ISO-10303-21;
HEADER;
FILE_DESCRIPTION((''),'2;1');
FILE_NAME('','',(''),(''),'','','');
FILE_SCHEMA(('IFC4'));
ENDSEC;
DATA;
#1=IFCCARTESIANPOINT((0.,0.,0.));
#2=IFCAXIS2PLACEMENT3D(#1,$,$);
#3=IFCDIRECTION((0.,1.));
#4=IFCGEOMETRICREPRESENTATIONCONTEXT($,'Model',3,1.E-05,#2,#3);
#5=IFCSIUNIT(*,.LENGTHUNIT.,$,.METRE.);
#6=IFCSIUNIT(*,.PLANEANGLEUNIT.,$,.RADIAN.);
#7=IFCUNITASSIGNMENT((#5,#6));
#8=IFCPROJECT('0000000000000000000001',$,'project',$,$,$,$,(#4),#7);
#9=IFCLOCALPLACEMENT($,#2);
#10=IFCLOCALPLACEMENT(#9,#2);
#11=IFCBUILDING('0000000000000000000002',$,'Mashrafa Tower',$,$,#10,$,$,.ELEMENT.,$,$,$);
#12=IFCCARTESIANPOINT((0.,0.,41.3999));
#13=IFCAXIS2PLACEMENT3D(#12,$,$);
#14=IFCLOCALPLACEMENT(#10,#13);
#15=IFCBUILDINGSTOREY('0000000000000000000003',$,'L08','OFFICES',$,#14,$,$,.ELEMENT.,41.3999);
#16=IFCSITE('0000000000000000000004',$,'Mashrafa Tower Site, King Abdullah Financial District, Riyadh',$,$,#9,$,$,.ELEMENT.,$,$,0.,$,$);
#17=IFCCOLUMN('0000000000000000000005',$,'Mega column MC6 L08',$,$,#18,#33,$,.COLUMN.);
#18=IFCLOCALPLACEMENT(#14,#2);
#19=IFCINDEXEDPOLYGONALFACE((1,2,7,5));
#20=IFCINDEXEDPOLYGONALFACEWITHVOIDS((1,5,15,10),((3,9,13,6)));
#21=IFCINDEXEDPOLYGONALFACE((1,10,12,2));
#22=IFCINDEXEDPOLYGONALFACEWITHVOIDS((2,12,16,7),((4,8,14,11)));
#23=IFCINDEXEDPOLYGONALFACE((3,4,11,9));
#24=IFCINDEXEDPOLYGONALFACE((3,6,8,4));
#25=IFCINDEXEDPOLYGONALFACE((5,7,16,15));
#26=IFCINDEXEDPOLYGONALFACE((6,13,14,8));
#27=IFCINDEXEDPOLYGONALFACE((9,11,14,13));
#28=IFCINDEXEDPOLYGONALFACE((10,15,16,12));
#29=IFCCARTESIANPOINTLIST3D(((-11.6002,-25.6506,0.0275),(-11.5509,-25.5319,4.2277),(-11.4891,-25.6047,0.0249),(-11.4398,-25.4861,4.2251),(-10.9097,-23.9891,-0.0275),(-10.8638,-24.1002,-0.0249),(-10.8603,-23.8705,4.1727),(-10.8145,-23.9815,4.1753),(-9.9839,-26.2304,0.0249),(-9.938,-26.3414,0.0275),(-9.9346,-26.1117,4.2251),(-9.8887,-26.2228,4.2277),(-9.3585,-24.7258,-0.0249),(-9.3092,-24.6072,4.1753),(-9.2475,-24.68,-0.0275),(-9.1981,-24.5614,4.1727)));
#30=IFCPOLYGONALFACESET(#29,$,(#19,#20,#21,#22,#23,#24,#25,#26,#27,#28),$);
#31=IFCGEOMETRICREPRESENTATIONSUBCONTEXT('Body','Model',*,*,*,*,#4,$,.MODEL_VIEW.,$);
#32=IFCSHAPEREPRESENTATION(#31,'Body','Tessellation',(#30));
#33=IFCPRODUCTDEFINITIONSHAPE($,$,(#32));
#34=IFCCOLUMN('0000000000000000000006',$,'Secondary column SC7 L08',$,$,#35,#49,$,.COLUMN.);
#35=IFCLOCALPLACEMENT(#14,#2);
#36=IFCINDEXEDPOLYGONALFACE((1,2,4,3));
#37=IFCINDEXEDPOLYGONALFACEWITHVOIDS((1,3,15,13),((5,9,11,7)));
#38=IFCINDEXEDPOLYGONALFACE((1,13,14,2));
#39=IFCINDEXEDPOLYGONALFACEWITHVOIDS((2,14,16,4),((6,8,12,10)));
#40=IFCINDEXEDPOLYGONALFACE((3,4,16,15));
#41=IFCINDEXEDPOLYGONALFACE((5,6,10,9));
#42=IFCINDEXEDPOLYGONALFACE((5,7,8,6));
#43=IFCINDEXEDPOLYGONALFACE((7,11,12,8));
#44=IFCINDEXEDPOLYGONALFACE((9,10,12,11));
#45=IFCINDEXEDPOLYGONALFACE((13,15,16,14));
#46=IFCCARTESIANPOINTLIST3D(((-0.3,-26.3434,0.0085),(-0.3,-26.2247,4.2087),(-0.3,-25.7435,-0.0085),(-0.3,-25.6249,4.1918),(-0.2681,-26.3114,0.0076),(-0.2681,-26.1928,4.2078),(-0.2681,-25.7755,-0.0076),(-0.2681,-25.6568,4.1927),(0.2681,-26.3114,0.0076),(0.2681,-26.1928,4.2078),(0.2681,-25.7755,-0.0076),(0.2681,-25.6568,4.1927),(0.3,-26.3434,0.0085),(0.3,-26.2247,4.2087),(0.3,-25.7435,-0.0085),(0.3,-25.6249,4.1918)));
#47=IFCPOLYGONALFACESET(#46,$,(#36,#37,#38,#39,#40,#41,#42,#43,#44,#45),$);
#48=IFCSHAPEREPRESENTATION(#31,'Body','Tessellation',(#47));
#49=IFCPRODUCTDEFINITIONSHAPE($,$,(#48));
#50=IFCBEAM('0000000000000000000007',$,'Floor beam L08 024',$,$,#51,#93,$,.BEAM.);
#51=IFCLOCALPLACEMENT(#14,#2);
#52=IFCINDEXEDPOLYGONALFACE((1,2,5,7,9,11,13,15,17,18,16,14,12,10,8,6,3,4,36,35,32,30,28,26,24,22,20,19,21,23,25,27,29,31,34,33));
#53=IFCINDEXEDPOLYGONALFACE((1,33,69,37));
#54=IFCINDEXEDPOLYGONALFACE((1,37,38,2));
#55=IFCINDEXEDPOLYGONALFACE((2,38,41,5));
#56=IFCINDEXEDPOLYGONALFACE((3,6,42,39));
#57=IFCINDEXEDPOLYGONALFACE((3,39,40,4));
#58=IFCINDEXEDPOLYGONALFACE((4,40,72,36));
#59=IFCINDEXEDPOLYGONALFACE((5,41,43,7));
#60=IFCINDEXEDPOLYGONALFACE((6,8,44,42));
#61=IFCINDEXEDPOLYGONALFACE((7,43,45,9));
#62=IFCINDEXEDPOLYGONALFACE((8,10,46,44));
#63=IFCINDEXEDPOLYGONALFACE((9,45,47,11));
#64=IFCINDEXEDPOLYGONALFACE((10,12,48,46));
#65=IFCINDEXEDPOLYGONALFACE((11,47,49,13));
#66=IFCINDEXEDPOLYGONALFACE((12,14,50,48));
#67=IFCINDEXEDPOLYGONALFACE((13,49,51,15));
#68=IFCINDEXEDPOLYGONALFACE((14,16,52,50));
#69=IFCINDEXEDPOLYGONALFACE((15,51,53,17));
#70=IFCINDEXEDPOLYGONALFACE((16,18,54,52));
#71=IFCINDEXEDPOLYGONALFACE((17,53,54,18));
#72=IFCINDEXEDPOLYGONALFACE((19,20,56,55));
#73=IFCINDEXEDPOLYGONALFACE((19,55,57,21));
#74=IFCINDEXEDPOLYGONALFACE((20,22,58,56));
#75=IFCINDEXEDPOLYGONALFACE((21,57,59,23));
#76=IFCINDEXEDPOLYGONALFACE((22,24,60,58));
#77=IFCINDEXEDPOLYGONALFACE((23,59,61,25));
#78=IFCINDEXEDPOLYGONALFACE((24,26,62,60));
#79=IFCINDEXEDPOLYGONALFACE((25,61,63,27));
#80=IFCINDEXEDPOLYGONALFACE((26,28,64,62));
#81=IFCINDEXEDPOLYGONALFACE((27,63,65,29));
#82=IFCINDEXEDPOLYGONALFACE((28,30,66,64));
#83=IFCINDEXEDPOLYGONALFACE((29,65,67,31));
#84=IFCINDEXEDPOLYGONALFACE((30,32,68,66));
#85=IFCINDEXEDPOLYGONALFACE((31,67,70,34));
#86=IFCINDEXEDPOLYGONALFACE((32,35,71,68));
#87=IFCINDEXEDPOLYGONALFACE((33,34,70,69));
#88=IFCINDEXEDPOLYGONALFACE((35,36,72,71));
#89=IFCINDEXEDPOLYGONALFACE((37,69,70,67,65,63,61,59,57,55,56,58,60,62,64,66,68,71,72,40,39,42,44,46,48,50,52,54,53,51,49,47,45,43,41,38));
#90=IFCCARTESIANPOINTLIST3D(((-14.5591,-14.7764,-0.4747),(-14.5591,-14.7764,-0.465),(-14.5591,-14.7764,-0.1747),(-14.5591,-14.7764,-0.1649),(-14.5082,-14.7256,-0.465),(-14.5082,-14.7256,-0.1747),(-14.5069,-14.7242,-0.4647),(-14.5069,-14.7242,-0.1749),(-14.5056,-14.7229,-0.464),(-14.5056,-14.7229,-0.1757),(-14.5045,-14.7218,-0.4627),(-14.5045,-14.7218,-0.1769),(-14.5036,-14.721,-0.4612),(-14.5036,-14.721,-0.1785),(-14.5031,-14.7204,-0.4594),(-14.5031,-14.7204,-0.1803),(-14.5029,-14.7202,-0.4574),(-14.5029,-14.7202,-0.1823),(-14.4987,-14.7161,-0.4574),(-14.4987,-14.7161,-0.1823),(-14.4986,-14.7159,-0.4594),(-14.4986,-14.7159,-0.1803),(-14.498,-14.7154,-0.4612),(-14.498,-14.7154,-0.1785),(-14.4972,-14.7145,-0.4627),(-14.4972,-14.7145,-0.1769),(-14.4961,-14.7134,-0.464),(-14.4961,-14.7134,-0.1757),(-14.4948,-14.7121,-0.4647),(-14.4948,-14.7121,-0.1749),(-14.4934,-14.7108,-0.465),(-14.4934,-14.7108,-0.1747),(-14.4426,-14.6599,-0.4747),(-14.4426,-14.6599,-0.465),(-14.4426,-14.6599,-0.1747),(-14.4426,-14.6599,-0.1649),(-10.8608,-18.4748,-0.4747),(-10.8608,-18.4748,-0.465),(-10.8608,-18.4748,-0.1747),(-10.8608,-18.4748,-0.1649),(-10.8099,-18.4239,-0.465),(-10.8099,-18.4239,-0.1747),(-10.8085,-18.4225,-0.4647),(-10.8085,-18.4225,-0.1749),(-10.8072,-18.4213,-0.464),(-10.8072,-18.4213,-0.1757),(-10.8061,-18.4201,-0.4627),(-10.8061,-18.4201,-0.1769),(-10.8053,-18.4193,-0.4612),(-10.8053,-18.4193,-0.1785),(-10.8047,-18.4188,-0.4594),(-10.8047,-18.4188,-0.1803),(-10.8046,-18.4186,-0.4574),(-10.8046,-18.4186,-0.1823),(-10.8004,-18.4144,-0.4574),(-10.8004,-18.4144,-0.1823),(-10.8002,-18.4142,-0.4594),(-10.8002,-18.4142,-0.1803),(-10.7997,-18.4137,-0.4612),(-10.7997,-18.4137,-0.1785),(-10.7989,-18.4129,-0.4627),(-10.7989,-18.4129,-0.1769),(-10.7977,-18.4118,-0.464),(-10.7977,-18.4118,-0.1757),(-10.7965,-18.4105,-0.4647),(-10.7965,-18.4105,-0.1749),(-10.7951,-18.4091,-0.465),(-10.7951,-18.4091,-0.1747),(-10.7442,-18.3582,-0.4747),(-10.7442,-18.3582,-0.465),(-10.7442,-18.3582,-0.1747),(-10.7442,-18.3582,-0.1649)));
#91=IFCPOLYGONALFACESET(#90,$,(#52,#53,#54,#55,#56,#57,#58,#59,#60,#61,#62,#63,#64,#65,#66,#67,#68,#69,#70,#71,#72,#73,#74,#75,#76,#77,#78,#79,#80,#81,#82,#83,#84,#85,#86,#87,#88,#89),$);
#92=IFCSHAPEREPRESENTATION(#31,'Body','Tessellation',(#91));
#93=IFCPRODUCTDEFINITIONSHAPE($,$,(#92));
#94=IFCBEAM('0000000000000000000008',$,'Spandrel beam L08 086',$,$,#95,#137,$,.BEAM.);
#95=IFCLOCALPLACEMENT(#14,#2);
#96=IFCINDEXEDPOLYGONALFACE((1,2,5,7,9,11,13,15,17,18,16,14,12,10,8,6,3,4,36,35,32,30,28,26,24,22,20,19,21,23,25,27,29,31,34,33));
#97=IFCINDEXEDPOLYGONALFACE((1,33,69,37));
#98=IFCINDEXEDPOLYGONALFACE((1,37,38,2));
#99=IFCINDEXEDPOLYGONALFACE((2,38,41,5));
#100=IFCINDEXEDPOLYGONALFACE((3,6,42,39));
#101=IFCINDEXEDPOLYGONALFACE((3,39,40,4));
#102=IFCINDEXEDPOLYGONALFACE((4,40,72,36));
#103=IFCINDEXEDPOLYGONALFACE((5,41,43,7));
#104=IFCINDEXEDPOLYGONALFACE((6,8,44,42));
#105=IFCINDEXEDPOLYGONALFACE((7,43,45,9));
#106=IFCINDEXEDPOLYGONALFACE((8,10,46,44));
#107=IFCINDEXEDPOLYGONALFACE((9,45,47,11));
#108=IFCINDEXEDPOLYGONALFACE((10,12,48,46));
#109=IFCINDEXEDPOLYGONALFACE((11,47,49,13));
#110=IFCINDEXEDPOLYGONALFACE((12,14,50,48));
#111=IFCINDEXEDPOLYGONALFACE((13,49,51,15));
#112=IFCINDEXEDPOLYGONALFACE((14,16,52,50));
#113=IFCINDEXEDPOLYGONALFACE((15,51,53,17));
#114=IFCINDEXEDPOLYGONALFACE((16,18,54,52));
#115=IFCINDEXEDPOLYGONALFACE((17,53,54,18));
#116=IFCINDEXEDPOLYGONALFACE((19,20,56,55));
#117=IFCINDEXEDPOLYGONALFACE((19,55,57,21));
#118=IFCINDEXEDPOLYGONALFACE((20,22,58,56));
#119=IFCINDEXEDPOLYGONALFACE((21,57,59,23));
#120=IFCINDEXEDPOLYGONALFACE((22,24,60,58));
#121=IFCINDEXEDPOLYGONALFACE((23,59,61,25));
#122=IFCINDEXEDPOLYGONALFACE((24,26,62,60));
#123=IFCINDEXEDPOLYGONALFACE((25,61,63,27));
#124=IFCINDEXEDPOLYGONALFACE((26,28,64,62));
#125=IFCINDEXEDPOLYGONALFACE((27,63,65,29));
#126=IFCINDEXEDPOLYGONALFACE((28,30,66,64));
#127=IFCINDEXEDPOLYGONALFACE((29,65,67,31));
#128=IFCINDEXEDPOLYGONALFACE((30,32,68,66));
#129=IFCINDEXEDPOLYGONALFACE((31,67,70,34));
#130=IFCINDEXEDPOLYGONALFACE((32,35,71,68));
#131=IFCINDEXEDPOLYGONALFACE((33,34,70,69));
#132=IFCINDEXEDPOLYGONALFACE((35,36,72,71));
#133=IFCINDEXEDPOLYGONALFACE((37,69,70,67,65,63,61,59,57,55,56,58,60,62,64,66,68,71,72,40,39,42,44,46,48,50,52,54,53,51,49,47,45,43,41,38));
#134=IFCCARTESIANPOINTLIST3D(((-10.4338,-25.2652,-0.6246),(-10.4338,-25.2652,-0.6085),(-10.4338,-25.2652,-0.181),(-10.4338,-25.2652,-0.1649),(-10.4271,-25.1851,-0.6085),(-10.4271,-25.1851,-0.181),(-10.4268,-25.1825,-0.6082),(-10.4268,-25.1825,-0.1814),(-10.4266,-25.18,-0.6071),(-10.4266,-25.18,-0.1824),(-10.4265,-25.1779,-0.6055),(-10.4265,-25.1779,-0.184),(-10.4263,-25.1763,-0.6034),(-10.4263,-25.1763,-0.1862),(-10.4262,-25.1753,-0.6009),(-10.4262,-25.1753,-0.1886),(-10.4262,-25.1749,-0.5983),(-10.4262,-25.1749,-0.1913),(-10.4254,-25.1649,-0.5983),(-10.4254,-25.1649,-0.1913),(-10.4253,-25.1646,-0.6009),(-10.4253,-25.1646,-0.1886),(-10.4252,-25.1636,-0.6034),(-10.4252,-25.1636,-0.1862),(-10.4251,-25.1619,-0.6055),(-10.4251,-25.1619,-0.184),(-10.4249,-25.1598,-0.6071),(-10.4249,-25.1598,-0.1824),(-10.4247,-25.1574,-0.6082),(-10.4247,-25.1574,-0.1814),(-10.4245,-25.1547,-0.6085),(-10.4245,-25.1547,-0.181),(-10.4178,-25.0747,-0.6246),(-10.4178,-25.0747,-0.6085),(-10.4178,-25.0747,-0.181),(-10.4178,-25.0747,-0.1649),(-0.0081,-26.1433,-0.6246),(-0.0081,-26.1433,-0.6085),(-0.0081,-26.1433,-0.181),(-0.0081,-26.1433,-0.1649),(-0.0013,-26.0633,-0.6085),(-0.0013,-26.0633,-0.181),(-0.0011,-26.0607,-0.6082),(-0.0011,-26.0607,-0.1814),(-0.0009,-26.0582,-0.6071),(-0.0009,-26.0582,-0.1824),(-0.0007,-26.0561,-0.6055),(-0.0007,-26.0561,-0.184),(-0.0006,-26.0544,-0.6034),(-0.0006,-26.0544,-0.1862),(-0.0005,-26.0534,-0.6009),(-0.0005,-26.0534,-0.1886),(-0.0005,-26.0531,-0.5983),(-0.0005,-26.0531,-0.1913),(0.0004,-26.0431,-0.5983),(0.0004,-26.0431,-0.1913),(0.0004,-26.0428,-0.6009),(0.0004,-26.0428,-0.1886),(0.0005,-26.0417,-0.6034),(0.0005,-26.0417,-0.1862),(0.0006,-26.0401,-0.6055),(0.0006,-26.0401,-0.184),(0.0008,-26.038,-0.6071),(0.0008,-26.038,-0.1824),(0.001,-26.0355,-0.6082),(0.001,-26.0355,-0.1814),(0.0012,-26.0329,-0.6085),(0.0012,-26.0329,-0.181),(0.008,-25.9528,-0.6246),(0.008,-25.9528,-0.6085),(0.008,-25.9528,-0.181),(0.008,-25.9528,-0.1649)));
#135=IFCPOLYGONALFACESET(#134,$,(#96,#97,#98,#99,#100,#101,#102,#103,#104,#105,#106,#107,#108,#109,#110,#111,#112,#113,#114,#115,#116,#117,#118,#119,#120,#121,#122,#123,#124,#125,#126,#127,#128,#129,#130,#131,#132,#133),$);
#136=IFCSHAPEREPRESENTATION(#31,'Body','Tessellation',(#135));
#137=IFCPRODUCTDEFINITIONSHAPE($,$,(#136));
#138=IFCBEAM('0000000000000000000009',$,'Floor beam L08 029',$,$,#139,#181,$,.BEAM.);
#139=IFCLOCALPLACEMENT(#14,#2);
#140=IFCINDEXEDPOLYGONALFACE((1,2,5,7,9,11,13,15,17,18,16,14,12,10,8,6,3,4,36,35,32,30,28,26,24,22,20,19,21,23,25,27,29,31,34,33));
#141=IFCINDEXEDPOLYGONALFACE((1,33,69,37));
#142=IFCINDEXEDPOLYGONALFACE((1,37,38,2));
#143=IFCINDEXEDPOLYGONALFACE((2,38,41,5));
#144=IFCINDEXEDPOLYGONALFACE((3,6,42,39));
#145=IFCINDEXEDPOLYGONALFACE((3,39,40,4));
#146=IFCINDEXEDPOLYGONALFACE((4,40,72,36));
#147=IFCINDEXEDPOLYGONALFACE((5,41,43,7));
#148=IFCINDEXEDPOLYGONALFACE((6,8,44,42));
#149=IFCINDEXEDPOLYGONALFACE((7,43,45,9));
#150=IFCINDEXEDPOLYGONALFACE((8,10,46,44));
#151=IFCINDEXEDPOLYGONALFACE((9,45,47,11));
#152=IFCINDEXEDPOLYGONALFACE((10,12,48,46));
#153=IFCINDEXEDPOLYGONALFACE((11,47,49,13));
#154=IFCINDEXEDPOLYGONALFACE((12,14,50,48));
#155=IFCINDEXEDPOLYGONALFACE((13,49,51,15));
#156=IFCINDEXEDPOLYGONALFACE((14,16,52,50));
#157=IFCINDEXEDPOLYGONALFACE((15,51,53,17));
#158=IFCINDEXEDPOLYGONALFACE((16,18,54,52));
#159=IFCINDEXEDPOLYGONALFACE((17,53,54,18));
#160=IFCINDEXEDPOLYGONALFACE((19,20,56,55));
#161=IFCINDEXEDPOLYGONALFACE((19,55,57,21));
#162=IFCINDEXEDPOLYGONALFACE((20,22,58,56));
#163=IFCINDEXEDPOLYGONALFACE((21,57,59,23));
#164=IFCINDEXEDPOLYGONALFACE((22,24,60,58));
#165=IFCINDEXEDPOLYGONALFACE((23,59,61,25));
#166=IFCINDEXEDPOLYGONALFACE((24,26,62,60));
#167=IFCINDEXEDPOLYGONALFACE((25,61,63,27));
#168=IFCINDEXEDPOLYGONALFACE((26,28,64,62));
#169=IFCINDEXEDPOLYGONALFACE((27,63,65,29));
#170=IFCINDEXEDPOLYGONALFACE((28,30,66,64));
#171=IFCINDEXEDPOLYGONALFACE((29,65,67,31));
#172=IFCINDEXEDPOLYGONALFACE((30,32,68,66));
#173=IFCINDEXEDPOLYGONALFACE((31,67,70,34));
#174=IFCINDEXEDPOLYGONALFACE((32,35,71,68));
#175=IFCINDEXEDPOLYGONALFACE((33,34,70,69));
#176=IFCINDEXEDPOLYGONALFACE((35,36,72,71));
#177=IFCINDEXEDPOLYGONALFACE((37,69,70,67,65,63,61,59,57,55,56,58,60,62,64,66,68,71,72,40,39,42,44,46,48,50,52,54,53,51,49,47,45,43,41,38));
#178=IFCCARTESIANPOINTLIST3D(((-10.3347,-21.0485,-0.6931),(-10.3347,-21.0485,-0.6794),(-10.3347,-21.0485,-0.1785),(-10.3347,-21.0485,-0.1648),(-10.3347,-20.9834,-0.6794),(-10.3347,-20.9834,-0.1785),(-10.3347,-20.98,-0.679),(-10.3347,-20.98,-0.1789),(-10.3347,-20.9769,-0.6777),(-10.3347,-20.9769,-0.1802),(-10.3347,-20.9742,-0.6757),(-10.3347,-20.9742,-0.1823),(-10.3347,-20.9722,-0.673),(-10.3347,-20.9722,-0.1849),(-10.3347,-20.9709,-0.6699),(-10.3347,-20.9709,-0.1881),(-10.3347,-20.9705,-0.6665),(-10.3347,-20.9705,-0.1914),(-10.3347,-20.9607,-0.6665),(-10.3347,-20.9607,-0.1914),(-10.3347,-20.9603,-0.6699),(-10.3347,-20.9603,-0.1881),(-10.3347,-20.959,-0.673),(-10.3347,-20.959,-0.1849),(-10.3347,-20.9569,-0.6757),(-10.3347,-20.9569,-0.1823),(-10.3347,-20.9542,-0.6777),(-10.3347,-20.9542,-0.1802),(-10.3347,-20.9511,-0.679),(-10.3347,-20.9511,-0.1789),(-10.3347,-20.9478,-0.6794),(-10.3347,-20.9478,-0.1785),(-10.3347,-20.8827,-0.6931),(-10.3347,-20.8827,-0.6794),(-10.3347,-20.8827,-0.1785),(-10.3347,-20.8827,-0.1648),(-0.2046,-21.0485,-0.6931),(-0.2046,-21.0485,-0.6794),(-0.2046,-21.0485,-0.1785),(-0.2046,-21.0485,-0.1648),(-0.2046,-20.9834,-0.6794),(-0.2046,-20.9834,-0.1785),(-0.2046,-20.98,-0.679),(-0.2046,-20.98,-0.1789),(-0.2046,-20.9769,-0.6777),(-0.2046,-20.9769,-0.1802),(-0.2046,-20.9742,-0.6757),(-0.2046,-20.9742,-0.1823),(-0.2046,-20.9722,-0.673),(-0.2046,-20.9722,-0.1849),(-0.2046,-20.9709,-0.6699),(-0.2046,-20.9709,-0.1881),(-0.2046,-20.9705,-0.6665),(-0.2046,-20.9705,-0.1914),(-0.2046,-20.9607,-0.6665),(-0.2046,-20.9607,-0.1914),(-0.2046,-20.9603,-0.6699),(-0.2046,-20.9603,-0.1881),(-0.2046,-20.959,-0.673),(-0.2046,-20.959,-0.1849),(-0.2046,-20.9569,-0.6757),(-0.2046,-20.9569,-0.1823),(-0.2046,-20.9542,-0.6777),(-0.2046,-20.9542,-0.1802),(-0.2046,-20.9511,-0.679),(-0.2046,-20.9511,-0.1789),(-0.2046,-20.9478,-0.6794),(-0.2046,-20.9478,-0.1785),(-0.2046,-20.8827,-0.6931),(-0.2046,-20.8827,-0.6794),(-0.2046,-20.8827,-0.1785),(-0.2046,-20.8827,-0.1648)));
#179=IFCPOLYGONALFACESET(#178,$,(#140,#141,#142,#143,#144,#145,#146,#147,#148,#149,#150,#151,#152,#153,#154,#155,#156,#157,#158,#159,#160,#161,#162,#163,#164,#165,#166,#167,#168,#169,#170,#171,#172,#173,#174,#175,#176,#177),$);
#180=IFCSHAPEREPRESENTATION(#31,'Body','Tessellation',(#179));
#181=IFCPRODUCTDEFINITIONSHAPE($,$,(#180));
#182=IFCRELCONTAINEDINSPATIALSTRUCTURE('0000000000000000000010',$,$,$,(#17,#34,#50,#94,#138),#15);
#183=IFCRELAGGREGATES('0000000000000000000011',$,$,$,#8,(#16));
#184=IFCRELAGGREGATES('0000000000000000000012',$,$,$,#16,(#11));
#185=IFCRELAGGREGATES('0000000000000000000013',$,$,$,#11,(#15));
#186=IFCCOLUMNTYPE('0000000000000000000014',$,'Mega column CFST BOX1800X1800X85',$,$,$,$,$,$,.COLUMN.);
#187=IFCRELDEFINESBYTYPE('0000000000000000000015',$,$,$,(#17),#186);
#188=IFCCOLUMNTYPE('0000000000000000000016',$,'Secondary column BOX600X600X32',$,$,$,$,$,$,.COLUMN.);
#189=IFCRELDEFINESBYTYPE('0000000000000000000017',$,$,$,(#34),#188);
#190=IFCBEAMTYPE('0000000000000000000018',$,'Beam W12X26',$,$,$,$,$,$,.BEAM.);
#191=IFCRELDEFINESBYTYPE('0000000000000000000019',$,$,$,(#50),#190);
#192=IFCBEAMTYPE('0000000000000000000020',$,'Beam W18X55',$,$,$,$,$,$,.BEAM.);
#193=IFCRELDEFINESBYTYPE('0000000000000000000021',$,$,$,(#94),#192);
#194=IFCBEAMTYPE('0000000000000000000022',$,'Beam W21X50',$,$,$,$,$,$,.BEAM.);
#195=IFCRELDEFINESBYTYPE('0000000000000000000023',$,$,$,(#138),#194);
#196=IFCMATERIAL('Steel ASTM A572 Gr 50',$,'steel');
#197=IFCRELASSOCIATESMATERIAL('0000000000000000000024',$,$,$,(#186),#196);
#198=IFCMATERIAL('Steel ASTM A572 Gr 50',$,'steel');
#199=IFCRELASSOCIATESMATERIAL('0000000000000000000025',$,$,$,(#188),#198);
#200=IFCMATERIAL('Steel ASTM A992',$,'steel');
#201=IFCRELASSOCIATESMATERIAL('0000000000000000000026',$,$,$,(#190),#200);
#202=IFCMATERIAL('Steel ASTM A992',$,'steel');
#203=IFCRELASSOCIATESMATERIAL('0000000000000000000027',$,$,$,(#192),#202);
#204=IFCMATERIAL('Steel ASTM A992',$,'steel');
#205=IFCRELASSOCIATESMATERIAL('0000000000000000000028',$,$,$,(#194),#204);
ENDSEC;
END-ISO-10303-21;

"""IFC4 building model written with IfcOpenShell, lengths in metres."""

from ifc_helpers import new_model, si_unit, direction, frame, origin, origin_2d, place, context, subcontext, project, spatial, hollow_rectangle, i_section, extrude, material, material_profile, profile_set, type_object, element, save


model = new_model("IFC4")

# Units and contexts
model_context = context("Model", 3, precision=1e-05, world=origin(), true_north=direction((0.0, 1.0)))
body_context = subcontext(model_context, "Body", "Model", "MODEL_VIEW")
ifc_project = project(units=[si_unit("LENGTHUNIT", "METRE"), si_unit("PLANEANGLEUNIT", "RADIAN")], contexts=[model_context])

# Site, building, storey
site_placement = place(None, origin())
site = spatial("IfcSite", under=ifc_project, at=site_placement, Name="Mashrafa Tower Site, King Abdullah Financial District, Riyadh", CompositionType="ELEMENT", RefElevation=0.0)
building_placement = place(site_placement, origin())
building = spatial("IfcBuilding", under=site, at=building_placement, Name="Mashrafa Tower", CompositionType="ELEMENT")
storey_placement = place(building_placement, frame((0.0, 0.0, 41.3999)))
storey = spatial("IfcBuildingStorey", under=building, at=storey_placement, Name="L08", Description="OFFICES", CompositionType="ELEMENT", Elevation=41.3999)

# Columns
ifc_material_1 = material(Name="Steel ASTM A572 Gr 50", Category="steel")
ifc_material_profile_1 = material_profile(ifc_material_1, hollow_rectangle(XDim=1.8, YDim=1.8, WallThickness=0.085, at=origin_2d()), Name="BOX1800X1800X85")
ifc_profile_set_1 = profile_set([ifc_material_profile_1], Name="Steel ASTM A572 Gr 50")
column_type_1 = type_object("IfcColumnType", Name="Mega column CFST BOX1800X1800X85", PredefinedType="COLUMN", material=ifc_profile_set_1)
column_1_placement = place(storey_placement, frame((-10.4238, -25.1653, 0.0), z_axis=(0.011736, 0.028236, 0.999532), x_axis=(-0.923414, 0.383806, 0.0)))
element("IfcColumn", 1, at=column_1_placement, inside=storey, type_object=column_type_1, Name="Mega column MC6 L08", PredefinedType="COLUMN", context=body_context, shape_type="SweptSolid", body=[
    extrude(hollow_rectangle(XDim=1.8, YDim=1.8, WallThickness=0.085, at=origin_2d()), origin(), (0.0, 0.0, 1.0), 4.2021),
])
ifc_material_2 = material(Name="Steel ASTM A572 Gr 50", Category="steel")
ifc_material_profile_2 = material_profile(ifc_material_2, hollow_rectangle(XDim=0.6001, YDim=0.6001, WallThickness=0.032, at=origin_2d()), Name="BOX600X600X32")
ifc_profile_set_2 = profile_set([ifc_material_profile_2], Name="Steel ASTM A572 Gr 50")
column_type_2 = type_object("IfcColumnType", Name="Secondary column BOX600X600X32", PredefinedType="COLUMN", material=ifc_profile_set_2)
column_2_placement = place(storey_placement, frame((0.0, -26.0435, 0.0), z_axis=(0.0, 0.028238, 0.999601), x_axis=(-1.0, 0.0, 0.0)))
element("IfcColumn", 2, at=column_2_placement, inside=storey, type_object=column_type_2, Name="Secondary column SC7 L08", PredefinedType="COLUMN", context=body_context, shape_type="SweptSolid", body=[
    extrude(hollow_rectangle(XDim=0.6001, YDim=0.6001, WallThickness=0.032, at=origin_2d()), origin(), (0.0, 0.0, 1.0), 4.2019),
])

# Beams
ifc_material_3 = material(Name="Steel ASTM A992", Category="steel")
ifc_material_profile_3 = material_profile(ifc_material_3, i_section(OverallWidth=0.1648, OverallDepth=0.3098, WebThickness=0.0059, FlangeThickness=0.0098, FilletRadius=0.0076, at=origin_2d()), Name="W12X26")
ifc_profile_set_3 = profile_set([ifc_material_profile_3], Name="Steel ASTM A992")
beam_type_1 = type_object("IfcBeamType", Name="Beam W12X26", PredefinedType="BEAM", material=ifc_profile_set_3)
beam_1_placement = place(storey_placement, frame((-10.8025, -18.4165, -0.3198), z_axis=(-0.707107, 0.707107, 0.0), x_axis=(-0.707107, -0.707107, 0.0)))
element("IfcBeam", 3, at=beam_1_placement, inside=storey, type_object=beam_type_1, Name="Floor beam L08 024", PredefinedType="BEAM", context=body_context, shape_type="SweptSolid", body=[
    extrude(i_section(OverallWidth=0.1648, OverallDepth=0.3098, WebThickness=0.0059, FlangeThickness=0.0098, FilletRadius=0.0076, at=origin_2d()), origin(), (0.0, 0.0, 1.0), 5.2302),
])
ifc_material_4 = material(Name="Steel ASTM A992", Category="steel")
ifc_material_profile_4 = material_profile(ifc_material_4, i_section(OverallWidth=0.1912, OverallDepth=0.4597, WebThickness=0.01, FlangeThickness=0.0161, FilletRadius=0.0103, at=origin_2d()), Name="W18X55")
ifc_profile_set_4 = profile_set([ifc_material_profile_4], Name="Steel ASTM A992")
beam_type_2 = type_object("IfcBeamType", Name="Beam W18X55", PredefinedType="BEAM", material=ifc_profile_set_4)
beam_2_placement = place(storey_placement, frame((-10.4258, -25.1699, -0.3948), z_axis=(0.996471, -0.083934, 0.0), x_axis=(0.083934, 0.996471, 0.0)))
element("IfcBeam", 4, at=beam_2_placement, inside=storey, type_object=beam_type_2, Name="Spandrel beam L08 086", PredefinedType="BEAM", context=body_context, shape_type="SweptSolid", body=[
    extrude(i_section(OverallWidth=0.1912, OverallDepth=0.4597, WebThickness=0.01, FlangeThickness=0.0161, FilletRadius=0.0103, at=origin_2d()), origin(), (0.0, 0.0, 1.0), 10.4626),
])
ifc_material_5 = material(Name="Steel ASTM A992", Category="steel")
ifc_material_profile_5 = material_profile(ifc_material_5, i_section(OverallWidth=0.1658, OverallDepth=0.5283, WebThickness=0.0098, FlangeThickness=0.0137, FilletRadius=0.0129, at=origin_2d()), Name="W21X50")
ifc_profile_set_5 = profile_set([ifc_material_profile_5], Name="Steel ASTM A992")
beam_type_3 = type_object("IfcBeamType", Name="Beam W21X50", PredefinedType="BEAM", material=ifc_profile_set_5)
beam_3_placement = place(storey_placement, frame((-0.2046, -20.9656, -0.429), z_axis=(-1.0, 0.0, 0.0), x_axis=(0.0, -1.0, 0.0)))
element("IfcBeam", 5, at=beam_3_placement, inside=storey, type_object=beam_type_3, Name="Floor beam L08 029", PredefinedType="BEAM", context=body_context, shape_type="SweptSolid", body=[
    extrude(i_section(OverallWidth=0.1658, OverallDepth=0.5283, WebThickness=0.0098, FlangeThickness=0.0137, FilletRadius=0.0129, at=origin_2d()), origin(), (0.0, 0.0, 1.0), 10.1301),
])

save(model, "model.ifc")
